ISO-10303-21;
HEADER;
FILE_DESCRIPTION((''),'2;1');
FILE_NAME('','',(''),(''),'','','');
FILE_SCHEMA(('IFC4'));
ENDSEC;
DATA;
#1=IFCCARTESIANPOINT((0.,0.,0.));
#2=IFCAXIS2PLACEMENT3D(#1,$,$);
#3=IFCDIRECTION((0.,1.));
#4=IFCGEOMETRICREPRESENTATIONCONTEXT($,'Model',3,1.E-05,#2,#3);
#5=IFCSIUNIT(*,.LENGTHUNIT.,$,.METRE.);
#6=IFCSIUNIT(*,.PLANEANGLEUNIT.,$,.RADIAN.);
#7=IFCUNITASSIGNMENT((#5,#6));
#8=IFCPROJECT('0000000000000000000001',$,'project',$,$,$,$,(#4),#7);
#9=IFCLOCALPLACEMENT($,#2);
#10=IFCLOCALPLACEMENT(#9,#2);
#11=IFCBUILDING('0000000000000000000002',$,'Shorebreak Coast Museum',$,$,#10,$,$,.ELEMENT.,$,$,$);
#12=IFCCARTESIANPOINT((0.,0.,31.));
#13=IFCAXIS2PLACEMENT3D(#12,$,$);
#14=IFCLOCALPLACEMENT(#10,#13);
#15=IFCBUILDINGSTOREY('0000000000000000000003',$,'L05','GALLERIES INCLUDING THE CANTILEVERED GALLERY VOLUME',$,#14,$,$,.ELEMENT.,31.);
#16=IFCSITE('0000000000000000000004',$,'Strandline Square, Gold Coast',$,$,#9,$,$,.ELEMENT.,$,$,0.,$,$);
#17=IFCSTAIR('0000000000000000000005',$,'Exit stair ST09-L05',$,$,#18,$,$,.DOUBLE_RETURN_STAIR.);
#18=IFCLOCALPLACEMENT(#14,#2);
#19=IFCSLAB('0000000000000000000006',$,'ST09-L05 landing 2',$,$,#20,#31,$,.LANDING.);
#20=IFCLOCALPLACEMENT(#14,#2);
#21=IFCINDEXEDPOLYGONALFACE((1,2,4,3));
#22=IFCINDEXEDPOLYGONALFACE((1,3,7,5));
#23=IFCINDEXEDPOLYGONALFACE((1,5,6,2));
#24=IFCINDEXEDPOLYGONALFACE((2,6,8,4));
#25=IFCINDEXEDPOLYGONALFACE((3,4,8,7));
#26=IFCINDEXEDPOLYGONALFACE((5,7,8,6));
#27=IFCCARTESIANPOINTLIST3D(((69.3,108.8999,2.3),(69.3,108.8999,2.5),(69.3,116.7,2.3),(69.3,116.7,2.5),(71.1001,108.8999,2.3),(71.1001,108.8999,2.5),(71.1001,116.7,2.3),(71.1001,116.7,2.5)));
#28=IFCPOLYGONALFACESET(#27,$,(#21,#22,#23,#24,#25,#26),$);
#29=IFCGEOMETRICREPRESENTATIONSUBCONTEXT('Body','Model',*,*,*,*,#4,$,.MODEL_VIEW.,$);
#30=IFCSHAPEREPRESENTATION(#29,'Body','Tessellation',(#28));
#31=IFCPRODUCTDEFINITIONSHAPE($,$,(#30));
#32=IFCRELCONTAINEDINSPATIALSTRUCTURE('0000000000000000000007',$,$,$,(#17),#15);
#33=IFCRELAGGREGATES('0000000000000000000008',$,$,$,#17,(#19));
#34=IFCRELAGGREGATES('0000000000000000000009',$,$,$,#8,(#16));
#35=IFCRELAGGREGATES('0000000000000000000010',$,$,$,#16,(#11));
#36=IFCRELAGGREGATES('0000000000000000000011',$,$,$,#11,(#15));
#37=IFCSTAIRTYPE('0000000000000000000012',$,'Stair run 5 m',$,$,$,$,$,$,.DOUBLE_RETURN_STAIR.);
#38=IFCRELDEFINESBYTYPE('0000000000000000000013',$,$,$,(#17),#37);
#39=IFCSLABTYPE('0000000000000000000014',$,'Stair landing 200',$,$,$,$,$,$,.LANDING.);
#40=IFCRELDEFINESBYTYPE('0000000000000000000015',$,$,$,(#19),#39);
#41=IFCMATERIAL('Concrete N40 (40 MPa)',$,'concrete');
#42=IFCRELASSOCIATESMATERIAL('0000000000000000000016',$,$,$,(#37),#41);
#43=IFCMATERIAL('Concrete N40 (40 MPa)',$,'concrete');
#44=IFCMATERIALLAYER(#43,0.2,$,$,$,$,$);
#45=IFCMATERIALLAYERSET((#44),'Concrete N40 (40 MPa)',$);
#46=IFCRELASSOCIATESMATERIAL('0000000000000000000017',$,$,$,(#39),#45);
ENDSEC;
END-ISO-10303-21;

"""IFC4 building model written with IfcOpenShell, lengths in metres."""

from ifc_helpers import new_model, si_unit, direction, frame, origin, place, context, subcontext, project, spatial, polyline, outline, extrude, material, layer, layer_set, type_object, element, aggregate, save


model = new_model("IFC4")

# Units and contexts
model_context = context("Model", 3, precision=1e-05, world=origin(), true_north=direction((0.0, 1.0)))
body_context = subcontext(model_context, "Body", "Model", "MODEL_VIEW")
ifc_project = project(units=[si_unit("LENGTHUNIT", "METRE"), si_unit("PLANEANGLEUNIT", "RADIAN")], contexts=[model_context])

# Site, building, storey
site_placement = place(None, origin())
site = spatial("IfcSite", under=ifc_project, at=site_placement, Name="Strandline Square, Gold Coast", CompositionType="ELEMENT", RefElevation=0.0)
building_placement = place(site_placement, origin())
building = spatial("IfcBuilding", under=site, at=building_placement, Name="Shorebreak Coast Museum", CompositionType="ELEMENT")
storey_placement = place(building_placement, frame((0.0, 0.0, 31.0)))
storey = spatial("IfcBuildingStorey", under=building, at=storey_placement, Name="L05", Description="GALLERIES INCLUDING THE CANTILEVERED GALLERY VOLUME", CompositionType="ELEMENT", Elevation=31.0)

# Stair, slab
ifc_material_1 = material(Name="Concrete N40 (40 MPa)", Category="concrete")
stair_type = type_object("IfcStairType", Name="Stair run 5 m", PredefinedType="DOUBLE_RETURN_STAIR", material=ifc_material_1)
ifc_material_2 = material(Name="Concrete N40 (40 MPa)", Category="concrete")
ifc_layer_1 = layer(ifc_material_2, 0.2)
ifc_layer_set_1 = layer_set([ifc_layer_1], Name="Concrete N40 (40 MPa)")
slab_type_1 = type_object("IfcSlabType", Name="Stair landing 200", PredefinedType="LANDING", material=ifc_layer_set_1)
stair_1_placement = place(storey_placement, origin())
stair_1 = element("IfcStair", 1, at=stair_1_placement, inside=storey, type_object=stair_type, Name="Exit stair ST09-L05", PredefinedType="DOUBLE_RETURN_STAIR")
slab_1_placement = place(storey_placement, frame((0.0, 0.0, 2.3)))
slab_1 = element("IfcSlab", 2, at=slab_1_placement, type_object=slab_type_1, Name="ST09-L05 landing 2", PredefinedType="LANDING", context=body_context, shape_type="SweptSolid", body=[
    extrude(outline(polyline([(69.3, 108.8999), (71.1001, 108.8999), (71.1001, 116.7), (69.3, 116.7), (69.3, 108.8999)])), origin(), (0.0, 0.0, 1.0), 0.2),
])
aggregate(stair_1, [slab_1])

save(model, "model.ifc")
